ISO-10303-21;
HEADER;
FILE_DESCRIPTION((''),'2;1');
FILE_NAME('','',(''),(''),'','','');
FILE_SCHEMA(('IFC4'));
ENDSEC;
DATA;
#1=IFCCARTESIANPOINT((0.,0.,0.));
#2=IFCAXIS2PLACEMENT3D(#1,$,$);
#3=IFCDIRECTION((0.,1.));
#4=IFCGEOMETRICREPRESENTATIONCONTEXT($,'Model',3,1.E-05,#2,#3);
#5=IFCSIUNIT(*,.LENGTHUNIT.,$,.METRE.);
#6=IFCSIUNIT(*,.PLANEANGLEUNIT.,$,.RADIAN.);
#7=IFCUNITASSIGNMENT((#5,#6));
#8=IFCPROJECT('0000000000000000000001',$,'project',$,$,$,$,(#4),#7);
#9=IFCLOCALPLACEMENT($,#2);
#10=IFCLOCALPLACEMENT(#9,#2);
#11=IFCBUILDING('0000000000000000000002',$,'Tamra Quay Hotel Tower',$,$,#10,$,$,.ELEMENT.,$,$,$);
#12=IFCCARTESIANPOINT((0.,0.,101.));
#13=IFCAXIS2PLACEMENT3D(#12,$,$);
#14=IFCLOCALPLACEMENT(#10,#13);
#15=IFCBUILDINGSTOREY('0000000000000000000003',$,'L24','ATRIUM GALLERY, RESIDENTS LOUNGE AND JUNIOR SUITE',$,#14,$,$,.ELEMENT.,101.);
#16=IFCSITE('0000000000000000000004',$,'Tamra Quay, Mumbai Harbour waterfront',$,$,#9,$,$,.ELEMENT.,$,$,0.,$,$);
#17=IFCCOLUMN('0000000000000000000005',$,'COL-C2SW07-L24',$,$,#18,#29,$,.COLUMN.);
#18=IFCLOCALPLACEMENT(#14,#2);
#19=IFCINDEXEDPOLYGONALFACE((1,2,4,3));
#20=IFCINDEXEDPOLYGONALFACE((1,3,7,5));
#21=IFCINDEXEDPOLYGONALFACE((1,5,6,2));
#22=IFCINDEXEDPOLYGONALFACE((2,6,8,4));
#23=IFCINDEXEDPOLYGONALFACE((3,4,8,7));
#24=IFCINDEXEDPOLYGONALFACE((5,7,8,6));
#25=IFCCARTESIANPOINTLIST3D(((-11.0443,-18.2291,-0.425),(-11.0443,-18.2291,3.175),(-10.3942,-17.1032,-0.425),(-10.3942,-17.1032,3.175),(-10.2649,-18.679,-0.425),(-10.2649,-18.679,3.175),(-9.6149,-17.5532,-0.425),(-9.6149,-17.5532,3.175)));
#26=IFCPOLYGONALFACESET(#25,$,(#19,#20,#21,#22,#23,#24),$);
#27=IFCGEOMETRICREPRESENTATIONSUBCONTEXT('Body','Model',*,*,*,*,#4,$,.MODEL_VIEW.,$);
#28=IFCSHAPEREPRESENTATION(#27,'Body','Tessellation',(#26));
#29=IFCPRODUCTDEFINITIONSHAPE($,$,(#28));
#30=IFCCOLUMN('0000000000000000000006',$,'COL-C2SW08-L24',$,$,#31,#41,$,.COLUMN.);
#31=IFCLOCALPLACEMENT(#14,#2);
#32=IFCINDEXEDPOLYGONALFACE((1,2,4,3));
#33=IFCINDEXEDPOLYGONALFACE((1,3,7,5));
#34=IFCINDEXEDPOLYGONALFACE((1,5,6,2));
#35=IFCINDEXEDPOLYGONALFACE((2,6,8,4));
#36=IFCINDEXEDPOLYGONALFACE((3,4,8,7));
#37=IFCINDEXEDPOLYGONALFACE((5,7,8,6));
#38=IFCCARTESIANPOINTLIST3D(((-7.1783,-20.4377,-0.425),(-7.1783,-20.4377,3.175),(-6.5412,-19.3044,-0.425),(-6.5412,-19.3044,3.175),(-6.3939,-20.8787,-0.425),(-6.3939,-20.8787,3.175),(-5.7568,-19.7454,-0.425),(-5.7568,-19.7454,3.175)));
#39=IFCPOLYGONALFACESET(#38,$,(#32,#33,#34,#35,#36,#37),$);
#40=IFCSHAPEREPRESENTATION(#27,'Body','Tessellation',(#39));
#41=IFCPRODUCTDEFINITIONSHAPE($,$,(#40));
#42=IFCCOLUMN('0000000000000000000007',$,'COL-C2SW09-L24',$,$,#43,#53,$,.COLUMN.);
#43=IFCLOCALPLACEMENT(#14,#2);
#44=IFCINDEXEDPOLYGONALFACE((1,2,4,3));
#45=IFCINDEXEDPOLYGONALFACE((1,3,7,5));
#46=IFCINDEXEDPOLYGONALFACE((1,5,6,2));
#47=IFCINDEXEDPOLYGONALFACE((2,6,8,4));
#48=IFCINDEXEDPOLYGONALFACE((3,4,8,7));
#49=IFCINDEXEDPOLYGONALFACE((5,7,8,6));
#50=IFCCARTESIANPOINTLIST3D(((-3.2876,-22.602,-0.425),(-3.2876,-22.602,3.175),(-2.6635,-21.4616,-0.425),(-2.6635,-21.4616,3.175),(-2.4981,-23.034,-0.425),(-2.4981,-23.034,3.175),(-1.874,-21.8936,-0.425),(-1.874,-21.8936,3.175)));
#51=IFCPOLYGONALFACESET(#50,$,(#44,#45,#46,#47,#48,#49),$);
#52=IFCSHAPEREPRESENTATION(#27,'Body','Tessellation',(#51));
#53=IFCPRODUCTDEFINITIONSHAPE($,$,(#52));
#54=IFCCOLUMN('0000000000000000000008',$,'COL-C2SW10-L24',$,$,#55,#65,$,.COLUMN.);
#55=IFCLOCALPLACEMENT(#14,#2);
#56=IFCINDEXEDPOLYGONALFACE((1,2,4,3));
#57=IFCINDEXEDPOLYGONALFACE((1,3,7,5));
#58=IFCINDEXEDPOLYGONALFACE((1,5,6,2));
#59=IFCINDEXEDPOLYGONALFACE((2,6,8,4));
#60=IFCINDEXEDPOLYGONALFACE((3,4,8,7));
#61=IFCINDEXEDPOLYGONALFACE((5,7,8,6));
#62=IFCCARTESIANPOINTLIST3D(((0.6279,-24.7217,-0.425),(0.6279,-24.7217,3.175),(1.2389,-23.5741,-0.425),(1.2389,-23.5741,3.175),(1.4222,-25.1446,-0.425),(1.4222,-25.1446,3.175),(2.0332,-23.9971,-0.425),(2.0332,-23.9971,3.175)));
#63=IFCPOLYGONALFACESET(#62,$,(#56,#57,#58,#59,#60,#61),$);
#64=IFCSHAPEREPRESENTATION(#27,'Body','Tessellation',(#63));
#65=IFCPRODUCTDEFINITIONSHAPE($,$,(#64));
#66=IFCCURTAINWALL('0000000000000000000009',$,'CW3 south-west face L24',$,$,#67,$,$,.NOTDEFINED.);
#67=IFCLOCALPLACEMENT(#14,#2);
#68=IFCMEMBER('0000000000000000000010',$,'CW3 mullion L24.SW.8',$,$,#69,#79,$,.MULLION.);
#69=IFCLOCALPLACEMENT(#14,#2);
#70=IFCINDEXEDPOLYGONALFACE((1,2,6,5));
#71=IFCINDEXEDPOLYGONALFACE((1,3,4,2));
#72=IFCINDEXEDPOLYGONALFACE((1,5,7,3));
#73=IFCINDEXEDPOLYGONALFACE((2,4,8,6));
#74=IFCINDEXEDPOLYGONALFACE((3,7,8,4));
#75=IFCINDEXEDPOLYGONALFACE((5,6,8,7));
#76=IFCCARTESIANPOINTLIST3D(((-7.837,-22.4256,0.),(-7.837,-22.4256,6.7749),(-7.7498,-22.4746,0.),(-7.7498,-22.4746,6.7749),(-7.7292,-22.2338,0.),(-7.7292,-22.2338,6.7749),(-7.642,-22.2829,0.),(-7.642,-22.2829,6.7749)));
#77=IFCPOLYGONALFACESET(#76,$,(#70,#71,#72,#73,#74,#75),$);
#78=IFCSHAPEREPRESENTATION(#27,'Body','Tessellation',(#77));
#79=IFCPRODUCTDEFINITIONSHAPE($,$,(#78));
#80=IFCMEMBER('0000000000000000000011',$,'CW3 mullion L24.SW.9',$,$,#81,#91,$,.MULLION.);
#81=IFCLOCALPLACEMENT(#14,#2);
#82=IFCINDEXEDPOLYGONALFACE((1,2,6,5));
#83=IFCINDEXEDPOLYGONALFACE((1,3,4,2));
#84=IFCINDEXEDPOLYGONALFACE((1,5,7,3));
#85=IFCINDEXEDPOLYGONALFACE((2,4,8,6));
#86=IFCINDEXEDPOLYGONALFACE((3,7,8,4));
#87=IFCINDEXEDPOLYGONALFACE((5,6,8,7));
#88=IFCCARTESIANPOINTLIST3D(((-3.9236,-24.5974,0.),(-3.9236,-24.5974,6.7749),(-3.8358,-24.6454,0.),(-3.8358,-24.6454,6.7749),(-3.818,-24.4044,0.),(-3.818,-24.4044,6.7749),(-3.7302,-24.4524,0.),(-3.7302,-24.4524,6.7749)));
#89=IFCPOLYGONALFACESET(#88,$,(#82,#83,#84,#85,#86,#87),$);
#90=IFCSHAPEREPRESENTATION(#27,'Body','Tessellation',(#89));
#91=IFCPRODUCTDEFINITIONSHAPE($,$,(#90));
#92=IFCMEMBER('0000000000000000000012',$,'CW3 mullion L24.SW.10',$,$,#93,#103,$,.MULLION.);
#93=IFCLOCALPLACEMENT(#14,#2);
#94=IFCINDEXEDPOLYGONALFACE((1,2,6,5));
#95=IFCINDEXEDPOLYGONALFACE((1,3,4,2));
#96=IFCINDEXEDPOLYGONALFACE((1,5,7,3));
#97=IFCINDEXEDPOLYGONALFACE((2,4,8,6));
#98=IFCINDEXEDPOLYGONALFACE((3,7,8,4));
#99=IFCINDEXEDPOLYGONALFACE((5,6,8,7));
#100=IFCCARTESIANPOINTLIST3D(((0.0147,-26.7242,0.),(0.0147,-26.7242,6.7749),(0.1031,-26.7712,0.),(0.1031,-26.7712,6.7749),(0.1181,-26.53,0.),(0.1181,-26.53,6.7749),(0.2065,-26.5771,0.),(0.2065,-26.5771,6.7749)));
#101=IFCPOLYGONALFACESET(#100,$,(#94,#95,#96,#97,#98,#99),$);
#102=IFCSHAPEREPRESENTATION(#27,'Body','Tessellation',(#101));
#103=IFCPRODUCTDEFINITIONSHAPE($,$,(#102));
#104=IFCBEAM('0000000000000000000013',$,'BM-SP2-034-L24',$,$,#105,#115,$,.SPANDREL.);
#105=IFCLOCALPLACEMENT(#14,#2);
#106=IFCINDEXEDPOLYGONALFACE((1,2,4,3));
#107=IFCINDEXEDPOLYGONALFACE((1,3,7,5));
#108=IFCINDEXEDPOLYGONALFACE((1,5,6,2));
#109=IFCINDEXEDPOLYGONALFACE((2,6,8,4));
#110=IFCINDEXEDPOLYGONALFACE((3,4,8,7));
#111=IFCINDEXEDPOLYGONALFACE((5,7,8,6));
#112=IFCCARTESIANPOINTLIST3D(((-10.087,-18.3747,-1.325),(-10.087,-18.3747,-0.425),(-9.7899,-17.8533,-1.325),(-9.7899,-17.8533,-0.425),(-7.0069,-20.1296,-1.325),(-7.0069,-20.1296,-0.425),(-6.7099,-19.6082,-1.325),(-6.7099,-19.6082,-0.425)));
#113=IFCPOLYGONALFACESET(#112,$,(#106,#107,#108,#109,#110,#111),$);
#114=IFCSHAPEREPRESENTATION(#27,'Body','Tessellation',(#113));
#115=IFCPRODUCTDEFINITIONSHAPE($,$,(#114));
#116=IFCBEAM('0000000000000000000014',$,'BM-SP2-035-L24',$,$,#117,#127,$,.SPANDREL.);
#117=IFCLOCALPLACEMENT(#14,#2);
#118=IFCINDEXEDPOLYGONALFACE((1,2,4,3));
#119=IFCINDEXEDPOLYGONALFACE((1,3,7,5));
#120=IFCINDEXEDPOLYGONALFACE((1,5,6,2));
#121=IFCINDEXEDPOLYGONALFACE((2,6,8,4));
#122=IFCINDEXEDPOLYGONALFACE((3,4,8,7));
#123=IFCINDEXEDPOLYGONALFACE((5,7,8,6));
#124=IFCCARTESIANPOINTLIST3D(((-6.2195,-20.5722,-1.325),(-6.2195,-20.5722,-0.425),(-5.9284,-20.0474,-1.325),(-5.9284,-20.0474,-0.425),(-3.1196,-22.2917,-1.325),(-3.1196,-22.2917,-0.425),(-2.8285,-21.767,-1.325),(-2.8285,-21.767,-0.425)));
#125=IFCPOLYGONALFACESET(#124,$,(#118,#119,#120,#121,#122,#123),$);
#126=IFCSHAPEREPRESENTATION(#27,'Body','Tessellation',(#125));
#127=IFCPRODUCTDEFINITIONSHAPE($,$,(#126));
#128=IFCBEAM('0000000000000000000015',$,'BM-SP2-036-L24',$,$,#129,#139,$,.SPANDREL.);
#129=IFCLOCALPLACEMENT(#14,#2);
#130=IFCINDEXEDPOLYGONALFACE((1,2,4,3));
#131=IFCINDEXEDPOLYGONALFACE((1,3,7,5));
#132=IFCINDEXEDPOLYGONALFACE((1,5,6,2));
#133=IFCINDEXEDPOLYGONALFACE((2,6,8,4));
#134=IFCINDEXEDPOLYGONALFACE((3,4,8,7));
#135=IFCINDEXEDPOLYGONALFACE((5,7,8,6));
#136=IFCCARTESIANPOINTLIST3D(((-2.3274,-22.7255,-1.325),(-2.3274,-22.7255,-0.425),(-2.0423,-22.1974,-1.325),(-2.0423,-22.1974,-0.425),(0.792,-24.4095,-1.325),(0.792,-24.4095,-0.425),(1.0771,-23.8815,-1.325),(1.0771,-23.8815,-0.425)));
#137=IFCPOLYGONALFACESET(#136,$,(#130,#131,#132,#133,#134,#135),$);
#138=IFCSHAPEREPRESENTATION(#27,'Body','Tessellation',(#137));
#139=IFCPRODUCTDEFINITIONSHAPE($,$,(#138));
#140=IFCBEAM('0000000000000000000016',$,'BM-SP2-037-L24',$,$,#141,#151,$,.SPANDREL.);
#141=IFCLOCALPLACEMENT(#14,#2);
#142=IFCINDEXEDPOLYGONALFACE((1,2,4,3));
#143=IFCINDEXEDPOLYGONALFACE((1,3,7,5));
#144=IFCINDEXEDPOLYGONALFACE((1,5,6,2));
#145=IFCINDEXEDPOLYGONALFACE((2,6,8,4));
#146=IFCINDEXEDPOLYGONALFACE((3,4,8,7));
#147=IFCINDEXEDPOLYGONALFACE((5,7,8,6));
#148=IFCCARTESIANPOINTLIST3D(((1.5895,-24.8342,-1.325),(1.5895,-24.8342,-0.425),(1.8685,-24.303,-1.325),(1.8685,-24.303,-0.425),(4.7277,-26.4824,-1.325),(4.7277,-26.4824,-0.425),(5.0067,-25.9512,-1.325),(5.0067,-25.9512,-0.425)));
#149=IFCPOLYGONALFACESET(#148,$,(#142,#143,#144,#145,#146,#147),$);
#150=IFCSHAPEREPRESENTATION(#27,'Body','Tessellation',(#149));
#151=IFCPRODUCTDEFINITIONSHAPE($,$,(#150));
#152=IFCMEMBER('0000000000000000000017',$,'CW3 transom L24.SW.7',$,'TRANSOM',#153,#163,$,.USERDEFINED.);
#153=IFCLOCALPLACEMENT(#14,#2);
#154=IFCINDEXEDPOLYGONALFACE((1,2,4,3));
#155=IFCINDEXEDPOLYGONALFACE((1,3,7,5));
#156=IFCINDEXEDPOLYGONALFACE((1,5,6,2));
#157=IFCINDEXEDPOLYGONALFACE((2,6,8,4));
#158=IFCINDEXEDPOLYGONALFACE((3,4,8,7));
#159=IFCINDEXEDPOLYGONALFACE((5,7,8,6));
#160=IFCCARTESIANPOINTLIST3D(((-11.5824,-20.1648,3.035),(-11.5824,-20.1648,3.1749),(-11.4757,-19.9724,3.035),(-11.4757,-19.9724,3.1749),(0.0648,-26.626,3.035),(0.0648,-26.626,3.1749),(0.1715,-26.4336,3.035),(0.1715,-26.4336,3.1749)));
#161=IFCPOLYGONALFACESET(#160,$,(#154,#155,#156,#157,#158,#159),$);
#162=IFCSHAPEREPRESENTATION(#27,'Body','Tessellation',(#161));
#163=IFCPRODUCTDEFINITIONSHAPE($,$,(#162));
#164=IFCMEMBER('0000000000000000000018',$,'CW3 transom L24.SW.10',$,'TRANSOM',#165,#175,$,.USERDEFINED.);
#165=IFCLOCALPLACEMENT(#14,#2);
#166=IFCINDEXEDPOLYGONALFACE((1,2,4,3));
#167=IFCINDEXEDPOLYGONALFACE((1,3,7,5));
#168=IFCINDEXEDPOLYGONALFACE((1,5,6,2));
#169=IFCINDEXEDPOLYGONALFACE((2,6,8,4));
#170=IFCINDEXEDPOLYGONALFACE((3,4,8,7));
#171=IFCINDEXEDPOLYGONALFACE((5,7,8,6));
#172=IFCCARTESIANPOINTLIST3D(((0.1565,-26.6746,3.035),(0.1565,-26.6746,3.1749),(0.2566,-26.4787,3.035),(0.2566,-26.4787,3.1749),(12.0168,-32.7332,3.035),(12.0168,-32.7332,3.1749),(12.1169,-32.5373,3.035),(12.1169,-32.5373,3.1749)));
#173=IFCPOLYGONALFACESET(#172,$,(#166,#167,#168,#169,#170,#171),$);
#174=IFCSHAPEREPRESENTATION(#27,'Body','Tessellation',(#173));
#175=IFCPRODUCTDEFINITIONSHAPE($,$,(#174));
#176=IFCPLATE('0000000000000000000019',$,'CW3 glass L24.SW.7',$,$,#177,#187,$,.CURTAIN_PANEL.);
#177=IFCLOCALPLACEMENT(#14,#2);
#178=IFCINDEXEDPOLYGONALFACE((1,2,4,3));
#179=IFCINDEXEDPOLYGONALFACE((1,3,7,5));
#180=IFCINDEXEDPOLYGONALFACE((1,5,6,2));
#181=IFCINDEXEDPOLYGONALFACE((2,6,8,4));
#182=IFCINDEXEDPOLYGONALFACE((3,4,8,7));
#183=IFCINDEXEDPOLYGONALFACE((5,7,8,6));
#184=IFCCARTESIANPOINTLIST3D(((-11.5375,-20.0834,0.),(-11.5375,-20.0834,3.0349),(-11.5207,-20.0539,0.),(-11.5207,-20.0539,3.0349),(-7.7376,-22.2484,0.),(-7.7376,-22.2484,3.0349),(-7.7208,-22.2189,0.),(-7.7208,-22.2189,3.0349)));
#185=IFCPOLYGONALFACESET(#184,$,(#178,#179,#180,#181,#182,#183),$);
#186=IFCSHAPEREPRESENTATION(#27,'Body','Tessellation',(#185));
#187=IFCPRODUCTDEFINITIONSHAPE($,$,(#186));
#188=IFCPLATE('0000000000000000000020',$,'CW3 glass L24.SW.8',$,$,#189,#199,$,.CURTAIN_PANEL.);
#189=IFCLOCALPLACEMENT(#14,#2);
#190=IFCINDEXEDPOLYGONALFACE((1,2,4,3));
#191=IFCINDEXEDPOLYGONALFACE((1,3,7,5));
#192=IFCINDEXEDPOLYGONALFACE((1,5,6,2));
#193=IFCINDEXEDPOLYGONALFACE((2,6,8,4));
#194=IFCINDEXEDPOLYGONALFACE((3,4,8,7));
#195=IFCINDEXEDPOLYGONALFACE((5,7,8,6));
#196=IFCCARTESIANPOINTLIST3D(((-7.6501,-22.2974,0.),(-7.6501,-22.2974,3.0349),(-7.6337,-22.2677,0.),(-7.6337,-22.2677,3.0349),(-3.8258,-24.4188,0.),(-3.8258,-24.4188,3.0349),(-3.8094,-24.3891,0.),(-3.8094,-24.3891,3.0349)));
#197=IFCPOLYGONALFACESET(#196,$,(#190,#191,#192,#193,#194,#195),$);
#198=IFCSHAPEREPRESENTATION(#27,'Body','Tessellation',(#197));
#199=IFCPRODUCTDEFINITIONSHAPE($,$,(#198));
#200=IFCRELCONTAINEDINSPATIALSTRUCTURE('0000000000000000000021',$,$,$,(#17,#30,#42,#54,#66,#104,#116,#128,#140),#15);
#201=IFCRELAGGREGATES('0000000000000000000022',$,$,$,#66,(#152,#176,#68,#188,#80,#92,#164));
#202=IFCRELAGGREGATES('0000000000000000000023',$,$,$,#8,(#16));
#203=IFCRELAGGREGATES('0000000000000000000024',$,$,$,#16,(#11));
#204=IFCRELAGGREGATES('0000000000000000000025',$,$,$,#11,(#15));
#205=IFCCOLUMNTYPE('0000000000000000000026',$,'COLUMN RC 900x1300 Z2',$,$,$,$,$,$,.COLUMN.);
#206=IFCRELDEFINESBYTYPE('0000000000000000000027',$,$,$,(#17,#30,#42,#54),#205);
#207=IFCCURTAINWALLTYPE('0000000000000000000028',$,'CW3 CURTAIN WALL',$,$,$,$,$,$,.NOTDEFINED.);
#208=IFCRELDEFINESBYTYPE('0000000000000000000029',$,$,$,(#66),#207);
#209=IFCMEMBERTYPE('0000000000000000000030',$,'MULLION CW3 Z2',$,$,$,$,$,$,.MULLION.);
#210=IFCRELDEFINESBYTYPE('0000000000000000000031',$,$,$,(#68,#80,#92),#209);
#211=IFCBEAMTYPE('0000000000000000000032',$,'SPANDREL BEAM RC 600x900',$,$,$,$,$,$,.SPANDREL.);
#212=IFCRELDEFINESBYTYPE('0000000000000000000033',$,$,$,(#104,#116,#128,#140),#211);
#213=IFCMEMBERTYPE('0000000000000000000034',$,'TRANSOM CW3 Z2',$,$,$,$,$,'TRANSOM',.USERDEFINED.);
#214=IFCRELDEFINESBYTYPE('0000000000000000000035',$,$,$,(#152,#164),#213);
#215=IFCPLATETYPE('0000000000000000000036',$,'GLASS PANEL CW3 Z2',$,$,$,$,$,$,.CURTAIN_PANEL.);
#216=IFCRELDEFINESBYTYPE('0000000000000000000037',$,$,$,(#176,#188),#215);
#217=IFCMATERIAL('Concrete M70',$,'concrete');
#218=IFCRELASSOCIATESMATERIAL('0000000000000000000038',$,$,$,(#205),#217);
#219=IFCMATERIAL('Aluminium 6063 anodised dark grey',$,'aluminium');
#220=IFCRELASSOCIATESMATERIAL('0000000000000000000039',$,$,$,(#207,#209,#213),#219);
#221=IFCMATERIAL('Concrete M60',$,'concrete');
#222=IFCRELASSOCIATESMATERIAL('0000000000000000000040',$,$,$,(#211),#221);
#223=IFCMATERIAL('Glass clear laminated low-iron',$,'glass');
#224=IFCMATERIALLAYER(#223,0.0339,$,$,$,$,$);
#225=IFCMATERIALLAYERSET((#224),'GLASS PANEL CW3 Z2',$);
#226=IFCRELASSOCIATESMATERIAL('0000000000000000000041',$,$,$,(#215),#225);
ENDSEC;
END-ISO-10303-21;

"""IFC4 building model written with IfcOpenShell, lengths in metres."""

from ifc_helpers import new_model, si_unit, direction, frame, origin, origin_2d, place, context, subcontext, project, spatial, rectangle, extrude, material, layer, layer_set, material_profile, profile_set, type_object, element, aggregate, save


model = new_model("IFC4")

# Units and contexts
model_context = context("Model", 3, precision=1e-05, world=origin(), true_north=direction((0.0, 1.0)))
body_context = subcontext(model_context, "Body", "Model", "MODEL_VIEW")
ifc_project = project(units=[si_unit("LENGTHUNIT", "METRE"), si_unit("PLANEANGLEUNIT", "RADIAN")], contexts=[model_context])

# Site, building, storey
site_placement = place(None, origin())
site = spatial("IfcSite", under=ifc_project, at=site_placement, Name="Tamra Quay, Mumbai Harbour waterfront", CompositionType="ELEMENT", RefElevation=0.0)
building_placement = place(site_placement, origin())
building = spatial("IfcBuilding", under=site, at=building_placement, Name="Tamra Quay Hotel Tower", CompositionType="ELEMENT")
storey_placement = place(building_placement, frame((0.0, 0.0, 101.0)))
storey = spatial("IfcBuildingStorey", under=building, at=storey_placement, Name="L24", Description="ATRIUM GALLERY, RESIDENTS LOUNGE AND JUNIOR SUITE", CompositionType="ELEMENT", Elevation=101.0)

# Columns
ifc_material_1 = material(Name="Concrete M70", Category="concrete")
ifc_material_profile_1 = material_profile(ifc_material_1, rectangle(XDim=1.3, YDim=0.8999, at=origin_2d()), Name="COLUMN RC 900x1300 Z2")
ifc_profile_set_1 = profile_set([ifc_material_profile_1], Name="Concrete M70")
column_type = type_object("IfcColumnType", Name="COLUMN RC 900x1300 Z2", PredefinedType="COLUMN", material=ifc_profile_set_1)
for number, where, z_axis, x_axis, name in (
    (1, (-10.3296, -17.8911, -0.425), (0.0, 0.0, 1.0), (0.5, 0.866025, 0.0), "COL-C2SW07-L24"),
    (2, (-6.4675, -20.0916, -0.425), (0.0, 0.0, 1.0), (0.490061, 0.871688, 0.0), "COL-C2SW08-L24"),
    (3, (-2.5808, -22.2478, -0.425), (0.0, 0.0, 1.0), (0.48006, 0.877236, 0.0), "COL-C2SW09-L24"),
    (4, (1.3306, -24.3594, -0.425), (0.0, 0.0, 1.0), (0.470002, 0.882666, 0.0), "COL-C2SW10-L24"),
):
    element("IfcColumn", number, at=place(storey_placement, frame(where, z_axis=z_axis, x_axis=x_axis)), inside=storey, type_object=column_type, Name=name, PredefinedType="COLUMN", context=body_context, shape_type="SweptSolid", body=[
        extrude(rectangle(XDim=1.3, YDim=0.8999, at=origin_2d()), origin(), (0.0, 0.0, 1.0), 3.6001),
    ])

# Curtain wall, members
ifc_material_2 = material(Name="Aluminium 6063 anodised dark grey", Category="aluminium")
curtain_wall_type = type_object("IfcCurtainWallType", Name="CW3 CURTAIN WALL", PredefinedType="NOTDEFINED", material=ifc_material_2)
curtain_wall_placement = place(storey_placement, origin())
curtain_wall = element("IfcCurtainWall", 5, at=curtain_wall_placement, inside=storey, type_object=curtain_wall_type, Name="CW3 south-west face L24", PredefinedType="NOTDEFINED")
ifc_material_profile_2 = material_profile(ifc_material_2, rectangle(XDim=0.22, YDim=0.1001, at=origin_2d()), Name="MULLION 100X220")
ifc_profile_set_2 = profile_set([ifc_material_profile_2], Name="Aluminium 6063 anodised dark grey")
member_type_1 = type_object("IfcMemberType", Name="MULLION CW3 Z2", PredefinedType="MULLION", material=ifc_profile_set_2)
member_1_placement = place(storey_placement, frame((-7.7395, -22.3542, 0.0), z_axis=(0.0, 0.0, 1.0), x_axis=(-0.490074, -0.871681, 0.0)))
member_1 = element("IfcMember", 6, at=member_1_placement, type_object=member_type_1, Name="CW3 mullion L24.SW.8", PredefinedType="MULLION", context=body_context, shape_type="SweptSolid", body=[
    extrude(rectangle(XDim=0.22, YDim=0.1001, at=origin_2d()), origin(), (0.0, 0.0, 1.0), 6.7749),
])
member_2_placement = place(storey_placement, frame((-3.8269, -24.5249, 0.0), z_axis=(0.0, 0.0, 1.0), x_axis=(-0.480089, -0.87722, 0.0)))
member_2 = element("IfcMember", 7, at=member_2_placement, type_object=member_type_1, Name="CW3 mullion L24.SW.9", PredefinedType="MULLION", context=body_context, shape_type="SweptSolid", body=[
    extrude(rectangle(XDim=0.22, YDim=0.1001, at=origin_2d()), origin(), (0.0, 0.0, 1.0), 6.7749),
])
member_3_placement = place(storey_placement, frame((0.1106, -26.6506, 0.0), z_axis=(0.0, 0.0, 1.0), x_axis=(-0.470049, -0.88264, 0.0)))
member_3 = element("IfcMember", 8, at=member_3_placement, type_object=member_type_1, Name="CW3 mullion L24.SW.10", PredefinedType="MULLION", context=body_context, shape_type="SweptSolid", body=[
    extrude(rectangle(XDim=0.22, YDim=0.1001, at=origin_2d()), origin(), (0.0, 0.0, 1.0), 6.7749),
])

# Beams
ifc_material_3 = material(Name="Concrete M60", Category="concrete")
ifc_material_profile_3 = material_profile(ifc_material_3, rectangle(XDim=0.6001, YDim=0.8999, at=origin_2d()), Name="SPANDREL BEAM RC 600x900")
ifc_profile_set_3 = profile_set([ifc_material_profile_3], Name="Concrete M60")
beam_type = type_object("IfcBeamType", Name="SPANDREL BEAM RC 600x900", PredefinedType="SPANDREL", material=ifc_profile_set_3)
for number, where, z_axis, x_axis, name in (
    (9, (-9.9385, -18.114, -0.875), (0.86887, -0.495041, 0.0), (0.495041, 0.86887, 0.0), "BM-SP2-034-L24"),
    (10, (-6.074, -20.3098, -0.875), (0.874475, -0.48507, 0.0), (0.48507, 0.874475, 0.0), "BM-SP2-035-L24"),
    (11, (-2.1848, -22.4614, -0.875), (0.879951, -0.475065, 0.0), (0.475065, 0.879951, 0.0), "BM-SP2-036-L24"),
):
    element("IfcBeam", number, at=place(storey_placement, frame(where, z_axis=z_axis, x_axis=x_axis)), inside=storey, type_object=beam_type, Name=name, PredefinedType="SPANDREL", context=body_context, shape_type="SweptSolid", body=[
        extrude(rectangle(XDim=0.6001, YDim=0.8999, at=origin_2d()), origin(), (0.0, 0.0, 1.0), 3.5449),
    ])
beam_placement = place(storey_placement, frame((1.729, -24.5686, -0.875), z_axis=(0.885323, -0.464977, 0.0), x_axis=(0.464977, 0.885323, 0.0)))
element("IfcBeam", 12, at=beam_placement, inside=storey, type_object=beam_type, Name="BM-SP2-037-L24", PredefinedType="SPANDREL", context=body_context, shape_type="SweptSolid", body=[
    extrude(rectangle(XDim=0.6001, YDim=0.8999, at=origin_2d()), origin(), (0.0, 0.0, 1.0), 3.5447),
])

# Members
ifc_material_profile_4 = material_profile(ifc_material_2, rectangle(XDim=0.22, YDim=0.1399, at=origin_2d()), Name="TRANSOM 220X140")
ifc_profile_set_4 = profile_set([ifc_material_profile_4], Name="Aluminium 6063 anodised dark grey")
member_type_2 = type_object("IfcMemberType", Name="TRANSOM CW3 Z2", ElementType="TRANSOM", PredefinedType="USERDEFINED", material=ifc_profile_set_4)
member_4_placement = place(storey_placement, frame((-11.5291, -20.0686, 3.105), z_axis=(0.87446, -0.485098, 0.0), x_axis=(0.485098, 0.87446, 0.0)))
member_4 = element("IfcMember", 13, at=member_4_placement, type_object=member_type_2, Name="CW3 transom L24.SW.7", ObjectType="TRANSOM", PredefinedType="USERDEFINED", context=body_context, shape_type="SweptSolid", body=[
    extrude(rectangle(XDim=0.22, YDim=0.1399, at=origin_2d()), origin(), (0.0, 0.0, 1.0), 13.3193),
])
member_5_placement = place(storey_placement, frame((0.2065, -26.5767, 3.105), z_axis=(0.890537, -0.454911, 0.0), x_axis=(0.454911, 0.890537, 0.0)))
member_5 = element("IfcMember", 14, at=member_5_placement, type_object=member_type_2, Name="CW3 transom L24.SW.10", ObjectType="TRANSOM", PredefinedType="USERDEFINED", context=body_context, shape_type="SweptSolid", body=[
    extrude(rectangle(XDim=0.22, YDim=0.1399, at=origin_2d()), origin(), (0.0, 0.0, 1.0), 13.3181),
])

# Plates
ifc_material_4 = material(Name="Glass clear laminated low-iron", Category="glass")
ifc_layer_1 = layer(ifc_material_4, 0.0339)
ifc_layer_set_1 = layer_set([ifc_layer_1], Name="GLASS PANEL CW3 Z2")
plate_type = type_object("IfcPlateType", Name="GLASS PANEL CW3 Z2", PredefinedType="CURTAIN_PANEL", material=ifc_layer_set_1)
plate_1_placement = place(storey_placement, frame((-9.6292, -21.1511, 0.0), z_axis=(0.0, 0.0, 1.0), x_axis=(0.868868, -0.495045, 0.0)))
plate_1 = element("IfcPlate", 15, at=plate_1_placement, type_object=plate_type, Name="CW3 glass L24.SW.7", PredefinedType="CURTAIN_PANEL", context=body_context, shape_type="SweptSolid", body=[
    extrude(rectangle(XDim=4.3733, YDim=0.0339, at=origin_2d()), origin(), (0.0, 0.0, 1.0), 3.0349),
])
plate_2_placement = place(storey_placement, frame((-5.7297, -23.3433, 0.0), z_axis=(0.0, 0.0, 1.0), x_axis=(0.874465, -0.485088, 0.0)))
plate_2 = element("IfcPlate", 16, at=plate_2_placement, type_object=plate_type, Name="CW3 glass L24.SW.8", PredefinedType="CURTAIN_PANEL", context=body_context, shape_type="SweptSolid", body=[
    extrude(rectangle(XDim=4.3733, YDim=0.0339, at=origin_2d()), origin(), (0.0, 0.0, 1.0), 3.0349),
])
aggregate(curtain_wall, [member_4, plate_1, member_1, plate_2, member_2, member_3, member_5])

save(model, "model.ifc")
